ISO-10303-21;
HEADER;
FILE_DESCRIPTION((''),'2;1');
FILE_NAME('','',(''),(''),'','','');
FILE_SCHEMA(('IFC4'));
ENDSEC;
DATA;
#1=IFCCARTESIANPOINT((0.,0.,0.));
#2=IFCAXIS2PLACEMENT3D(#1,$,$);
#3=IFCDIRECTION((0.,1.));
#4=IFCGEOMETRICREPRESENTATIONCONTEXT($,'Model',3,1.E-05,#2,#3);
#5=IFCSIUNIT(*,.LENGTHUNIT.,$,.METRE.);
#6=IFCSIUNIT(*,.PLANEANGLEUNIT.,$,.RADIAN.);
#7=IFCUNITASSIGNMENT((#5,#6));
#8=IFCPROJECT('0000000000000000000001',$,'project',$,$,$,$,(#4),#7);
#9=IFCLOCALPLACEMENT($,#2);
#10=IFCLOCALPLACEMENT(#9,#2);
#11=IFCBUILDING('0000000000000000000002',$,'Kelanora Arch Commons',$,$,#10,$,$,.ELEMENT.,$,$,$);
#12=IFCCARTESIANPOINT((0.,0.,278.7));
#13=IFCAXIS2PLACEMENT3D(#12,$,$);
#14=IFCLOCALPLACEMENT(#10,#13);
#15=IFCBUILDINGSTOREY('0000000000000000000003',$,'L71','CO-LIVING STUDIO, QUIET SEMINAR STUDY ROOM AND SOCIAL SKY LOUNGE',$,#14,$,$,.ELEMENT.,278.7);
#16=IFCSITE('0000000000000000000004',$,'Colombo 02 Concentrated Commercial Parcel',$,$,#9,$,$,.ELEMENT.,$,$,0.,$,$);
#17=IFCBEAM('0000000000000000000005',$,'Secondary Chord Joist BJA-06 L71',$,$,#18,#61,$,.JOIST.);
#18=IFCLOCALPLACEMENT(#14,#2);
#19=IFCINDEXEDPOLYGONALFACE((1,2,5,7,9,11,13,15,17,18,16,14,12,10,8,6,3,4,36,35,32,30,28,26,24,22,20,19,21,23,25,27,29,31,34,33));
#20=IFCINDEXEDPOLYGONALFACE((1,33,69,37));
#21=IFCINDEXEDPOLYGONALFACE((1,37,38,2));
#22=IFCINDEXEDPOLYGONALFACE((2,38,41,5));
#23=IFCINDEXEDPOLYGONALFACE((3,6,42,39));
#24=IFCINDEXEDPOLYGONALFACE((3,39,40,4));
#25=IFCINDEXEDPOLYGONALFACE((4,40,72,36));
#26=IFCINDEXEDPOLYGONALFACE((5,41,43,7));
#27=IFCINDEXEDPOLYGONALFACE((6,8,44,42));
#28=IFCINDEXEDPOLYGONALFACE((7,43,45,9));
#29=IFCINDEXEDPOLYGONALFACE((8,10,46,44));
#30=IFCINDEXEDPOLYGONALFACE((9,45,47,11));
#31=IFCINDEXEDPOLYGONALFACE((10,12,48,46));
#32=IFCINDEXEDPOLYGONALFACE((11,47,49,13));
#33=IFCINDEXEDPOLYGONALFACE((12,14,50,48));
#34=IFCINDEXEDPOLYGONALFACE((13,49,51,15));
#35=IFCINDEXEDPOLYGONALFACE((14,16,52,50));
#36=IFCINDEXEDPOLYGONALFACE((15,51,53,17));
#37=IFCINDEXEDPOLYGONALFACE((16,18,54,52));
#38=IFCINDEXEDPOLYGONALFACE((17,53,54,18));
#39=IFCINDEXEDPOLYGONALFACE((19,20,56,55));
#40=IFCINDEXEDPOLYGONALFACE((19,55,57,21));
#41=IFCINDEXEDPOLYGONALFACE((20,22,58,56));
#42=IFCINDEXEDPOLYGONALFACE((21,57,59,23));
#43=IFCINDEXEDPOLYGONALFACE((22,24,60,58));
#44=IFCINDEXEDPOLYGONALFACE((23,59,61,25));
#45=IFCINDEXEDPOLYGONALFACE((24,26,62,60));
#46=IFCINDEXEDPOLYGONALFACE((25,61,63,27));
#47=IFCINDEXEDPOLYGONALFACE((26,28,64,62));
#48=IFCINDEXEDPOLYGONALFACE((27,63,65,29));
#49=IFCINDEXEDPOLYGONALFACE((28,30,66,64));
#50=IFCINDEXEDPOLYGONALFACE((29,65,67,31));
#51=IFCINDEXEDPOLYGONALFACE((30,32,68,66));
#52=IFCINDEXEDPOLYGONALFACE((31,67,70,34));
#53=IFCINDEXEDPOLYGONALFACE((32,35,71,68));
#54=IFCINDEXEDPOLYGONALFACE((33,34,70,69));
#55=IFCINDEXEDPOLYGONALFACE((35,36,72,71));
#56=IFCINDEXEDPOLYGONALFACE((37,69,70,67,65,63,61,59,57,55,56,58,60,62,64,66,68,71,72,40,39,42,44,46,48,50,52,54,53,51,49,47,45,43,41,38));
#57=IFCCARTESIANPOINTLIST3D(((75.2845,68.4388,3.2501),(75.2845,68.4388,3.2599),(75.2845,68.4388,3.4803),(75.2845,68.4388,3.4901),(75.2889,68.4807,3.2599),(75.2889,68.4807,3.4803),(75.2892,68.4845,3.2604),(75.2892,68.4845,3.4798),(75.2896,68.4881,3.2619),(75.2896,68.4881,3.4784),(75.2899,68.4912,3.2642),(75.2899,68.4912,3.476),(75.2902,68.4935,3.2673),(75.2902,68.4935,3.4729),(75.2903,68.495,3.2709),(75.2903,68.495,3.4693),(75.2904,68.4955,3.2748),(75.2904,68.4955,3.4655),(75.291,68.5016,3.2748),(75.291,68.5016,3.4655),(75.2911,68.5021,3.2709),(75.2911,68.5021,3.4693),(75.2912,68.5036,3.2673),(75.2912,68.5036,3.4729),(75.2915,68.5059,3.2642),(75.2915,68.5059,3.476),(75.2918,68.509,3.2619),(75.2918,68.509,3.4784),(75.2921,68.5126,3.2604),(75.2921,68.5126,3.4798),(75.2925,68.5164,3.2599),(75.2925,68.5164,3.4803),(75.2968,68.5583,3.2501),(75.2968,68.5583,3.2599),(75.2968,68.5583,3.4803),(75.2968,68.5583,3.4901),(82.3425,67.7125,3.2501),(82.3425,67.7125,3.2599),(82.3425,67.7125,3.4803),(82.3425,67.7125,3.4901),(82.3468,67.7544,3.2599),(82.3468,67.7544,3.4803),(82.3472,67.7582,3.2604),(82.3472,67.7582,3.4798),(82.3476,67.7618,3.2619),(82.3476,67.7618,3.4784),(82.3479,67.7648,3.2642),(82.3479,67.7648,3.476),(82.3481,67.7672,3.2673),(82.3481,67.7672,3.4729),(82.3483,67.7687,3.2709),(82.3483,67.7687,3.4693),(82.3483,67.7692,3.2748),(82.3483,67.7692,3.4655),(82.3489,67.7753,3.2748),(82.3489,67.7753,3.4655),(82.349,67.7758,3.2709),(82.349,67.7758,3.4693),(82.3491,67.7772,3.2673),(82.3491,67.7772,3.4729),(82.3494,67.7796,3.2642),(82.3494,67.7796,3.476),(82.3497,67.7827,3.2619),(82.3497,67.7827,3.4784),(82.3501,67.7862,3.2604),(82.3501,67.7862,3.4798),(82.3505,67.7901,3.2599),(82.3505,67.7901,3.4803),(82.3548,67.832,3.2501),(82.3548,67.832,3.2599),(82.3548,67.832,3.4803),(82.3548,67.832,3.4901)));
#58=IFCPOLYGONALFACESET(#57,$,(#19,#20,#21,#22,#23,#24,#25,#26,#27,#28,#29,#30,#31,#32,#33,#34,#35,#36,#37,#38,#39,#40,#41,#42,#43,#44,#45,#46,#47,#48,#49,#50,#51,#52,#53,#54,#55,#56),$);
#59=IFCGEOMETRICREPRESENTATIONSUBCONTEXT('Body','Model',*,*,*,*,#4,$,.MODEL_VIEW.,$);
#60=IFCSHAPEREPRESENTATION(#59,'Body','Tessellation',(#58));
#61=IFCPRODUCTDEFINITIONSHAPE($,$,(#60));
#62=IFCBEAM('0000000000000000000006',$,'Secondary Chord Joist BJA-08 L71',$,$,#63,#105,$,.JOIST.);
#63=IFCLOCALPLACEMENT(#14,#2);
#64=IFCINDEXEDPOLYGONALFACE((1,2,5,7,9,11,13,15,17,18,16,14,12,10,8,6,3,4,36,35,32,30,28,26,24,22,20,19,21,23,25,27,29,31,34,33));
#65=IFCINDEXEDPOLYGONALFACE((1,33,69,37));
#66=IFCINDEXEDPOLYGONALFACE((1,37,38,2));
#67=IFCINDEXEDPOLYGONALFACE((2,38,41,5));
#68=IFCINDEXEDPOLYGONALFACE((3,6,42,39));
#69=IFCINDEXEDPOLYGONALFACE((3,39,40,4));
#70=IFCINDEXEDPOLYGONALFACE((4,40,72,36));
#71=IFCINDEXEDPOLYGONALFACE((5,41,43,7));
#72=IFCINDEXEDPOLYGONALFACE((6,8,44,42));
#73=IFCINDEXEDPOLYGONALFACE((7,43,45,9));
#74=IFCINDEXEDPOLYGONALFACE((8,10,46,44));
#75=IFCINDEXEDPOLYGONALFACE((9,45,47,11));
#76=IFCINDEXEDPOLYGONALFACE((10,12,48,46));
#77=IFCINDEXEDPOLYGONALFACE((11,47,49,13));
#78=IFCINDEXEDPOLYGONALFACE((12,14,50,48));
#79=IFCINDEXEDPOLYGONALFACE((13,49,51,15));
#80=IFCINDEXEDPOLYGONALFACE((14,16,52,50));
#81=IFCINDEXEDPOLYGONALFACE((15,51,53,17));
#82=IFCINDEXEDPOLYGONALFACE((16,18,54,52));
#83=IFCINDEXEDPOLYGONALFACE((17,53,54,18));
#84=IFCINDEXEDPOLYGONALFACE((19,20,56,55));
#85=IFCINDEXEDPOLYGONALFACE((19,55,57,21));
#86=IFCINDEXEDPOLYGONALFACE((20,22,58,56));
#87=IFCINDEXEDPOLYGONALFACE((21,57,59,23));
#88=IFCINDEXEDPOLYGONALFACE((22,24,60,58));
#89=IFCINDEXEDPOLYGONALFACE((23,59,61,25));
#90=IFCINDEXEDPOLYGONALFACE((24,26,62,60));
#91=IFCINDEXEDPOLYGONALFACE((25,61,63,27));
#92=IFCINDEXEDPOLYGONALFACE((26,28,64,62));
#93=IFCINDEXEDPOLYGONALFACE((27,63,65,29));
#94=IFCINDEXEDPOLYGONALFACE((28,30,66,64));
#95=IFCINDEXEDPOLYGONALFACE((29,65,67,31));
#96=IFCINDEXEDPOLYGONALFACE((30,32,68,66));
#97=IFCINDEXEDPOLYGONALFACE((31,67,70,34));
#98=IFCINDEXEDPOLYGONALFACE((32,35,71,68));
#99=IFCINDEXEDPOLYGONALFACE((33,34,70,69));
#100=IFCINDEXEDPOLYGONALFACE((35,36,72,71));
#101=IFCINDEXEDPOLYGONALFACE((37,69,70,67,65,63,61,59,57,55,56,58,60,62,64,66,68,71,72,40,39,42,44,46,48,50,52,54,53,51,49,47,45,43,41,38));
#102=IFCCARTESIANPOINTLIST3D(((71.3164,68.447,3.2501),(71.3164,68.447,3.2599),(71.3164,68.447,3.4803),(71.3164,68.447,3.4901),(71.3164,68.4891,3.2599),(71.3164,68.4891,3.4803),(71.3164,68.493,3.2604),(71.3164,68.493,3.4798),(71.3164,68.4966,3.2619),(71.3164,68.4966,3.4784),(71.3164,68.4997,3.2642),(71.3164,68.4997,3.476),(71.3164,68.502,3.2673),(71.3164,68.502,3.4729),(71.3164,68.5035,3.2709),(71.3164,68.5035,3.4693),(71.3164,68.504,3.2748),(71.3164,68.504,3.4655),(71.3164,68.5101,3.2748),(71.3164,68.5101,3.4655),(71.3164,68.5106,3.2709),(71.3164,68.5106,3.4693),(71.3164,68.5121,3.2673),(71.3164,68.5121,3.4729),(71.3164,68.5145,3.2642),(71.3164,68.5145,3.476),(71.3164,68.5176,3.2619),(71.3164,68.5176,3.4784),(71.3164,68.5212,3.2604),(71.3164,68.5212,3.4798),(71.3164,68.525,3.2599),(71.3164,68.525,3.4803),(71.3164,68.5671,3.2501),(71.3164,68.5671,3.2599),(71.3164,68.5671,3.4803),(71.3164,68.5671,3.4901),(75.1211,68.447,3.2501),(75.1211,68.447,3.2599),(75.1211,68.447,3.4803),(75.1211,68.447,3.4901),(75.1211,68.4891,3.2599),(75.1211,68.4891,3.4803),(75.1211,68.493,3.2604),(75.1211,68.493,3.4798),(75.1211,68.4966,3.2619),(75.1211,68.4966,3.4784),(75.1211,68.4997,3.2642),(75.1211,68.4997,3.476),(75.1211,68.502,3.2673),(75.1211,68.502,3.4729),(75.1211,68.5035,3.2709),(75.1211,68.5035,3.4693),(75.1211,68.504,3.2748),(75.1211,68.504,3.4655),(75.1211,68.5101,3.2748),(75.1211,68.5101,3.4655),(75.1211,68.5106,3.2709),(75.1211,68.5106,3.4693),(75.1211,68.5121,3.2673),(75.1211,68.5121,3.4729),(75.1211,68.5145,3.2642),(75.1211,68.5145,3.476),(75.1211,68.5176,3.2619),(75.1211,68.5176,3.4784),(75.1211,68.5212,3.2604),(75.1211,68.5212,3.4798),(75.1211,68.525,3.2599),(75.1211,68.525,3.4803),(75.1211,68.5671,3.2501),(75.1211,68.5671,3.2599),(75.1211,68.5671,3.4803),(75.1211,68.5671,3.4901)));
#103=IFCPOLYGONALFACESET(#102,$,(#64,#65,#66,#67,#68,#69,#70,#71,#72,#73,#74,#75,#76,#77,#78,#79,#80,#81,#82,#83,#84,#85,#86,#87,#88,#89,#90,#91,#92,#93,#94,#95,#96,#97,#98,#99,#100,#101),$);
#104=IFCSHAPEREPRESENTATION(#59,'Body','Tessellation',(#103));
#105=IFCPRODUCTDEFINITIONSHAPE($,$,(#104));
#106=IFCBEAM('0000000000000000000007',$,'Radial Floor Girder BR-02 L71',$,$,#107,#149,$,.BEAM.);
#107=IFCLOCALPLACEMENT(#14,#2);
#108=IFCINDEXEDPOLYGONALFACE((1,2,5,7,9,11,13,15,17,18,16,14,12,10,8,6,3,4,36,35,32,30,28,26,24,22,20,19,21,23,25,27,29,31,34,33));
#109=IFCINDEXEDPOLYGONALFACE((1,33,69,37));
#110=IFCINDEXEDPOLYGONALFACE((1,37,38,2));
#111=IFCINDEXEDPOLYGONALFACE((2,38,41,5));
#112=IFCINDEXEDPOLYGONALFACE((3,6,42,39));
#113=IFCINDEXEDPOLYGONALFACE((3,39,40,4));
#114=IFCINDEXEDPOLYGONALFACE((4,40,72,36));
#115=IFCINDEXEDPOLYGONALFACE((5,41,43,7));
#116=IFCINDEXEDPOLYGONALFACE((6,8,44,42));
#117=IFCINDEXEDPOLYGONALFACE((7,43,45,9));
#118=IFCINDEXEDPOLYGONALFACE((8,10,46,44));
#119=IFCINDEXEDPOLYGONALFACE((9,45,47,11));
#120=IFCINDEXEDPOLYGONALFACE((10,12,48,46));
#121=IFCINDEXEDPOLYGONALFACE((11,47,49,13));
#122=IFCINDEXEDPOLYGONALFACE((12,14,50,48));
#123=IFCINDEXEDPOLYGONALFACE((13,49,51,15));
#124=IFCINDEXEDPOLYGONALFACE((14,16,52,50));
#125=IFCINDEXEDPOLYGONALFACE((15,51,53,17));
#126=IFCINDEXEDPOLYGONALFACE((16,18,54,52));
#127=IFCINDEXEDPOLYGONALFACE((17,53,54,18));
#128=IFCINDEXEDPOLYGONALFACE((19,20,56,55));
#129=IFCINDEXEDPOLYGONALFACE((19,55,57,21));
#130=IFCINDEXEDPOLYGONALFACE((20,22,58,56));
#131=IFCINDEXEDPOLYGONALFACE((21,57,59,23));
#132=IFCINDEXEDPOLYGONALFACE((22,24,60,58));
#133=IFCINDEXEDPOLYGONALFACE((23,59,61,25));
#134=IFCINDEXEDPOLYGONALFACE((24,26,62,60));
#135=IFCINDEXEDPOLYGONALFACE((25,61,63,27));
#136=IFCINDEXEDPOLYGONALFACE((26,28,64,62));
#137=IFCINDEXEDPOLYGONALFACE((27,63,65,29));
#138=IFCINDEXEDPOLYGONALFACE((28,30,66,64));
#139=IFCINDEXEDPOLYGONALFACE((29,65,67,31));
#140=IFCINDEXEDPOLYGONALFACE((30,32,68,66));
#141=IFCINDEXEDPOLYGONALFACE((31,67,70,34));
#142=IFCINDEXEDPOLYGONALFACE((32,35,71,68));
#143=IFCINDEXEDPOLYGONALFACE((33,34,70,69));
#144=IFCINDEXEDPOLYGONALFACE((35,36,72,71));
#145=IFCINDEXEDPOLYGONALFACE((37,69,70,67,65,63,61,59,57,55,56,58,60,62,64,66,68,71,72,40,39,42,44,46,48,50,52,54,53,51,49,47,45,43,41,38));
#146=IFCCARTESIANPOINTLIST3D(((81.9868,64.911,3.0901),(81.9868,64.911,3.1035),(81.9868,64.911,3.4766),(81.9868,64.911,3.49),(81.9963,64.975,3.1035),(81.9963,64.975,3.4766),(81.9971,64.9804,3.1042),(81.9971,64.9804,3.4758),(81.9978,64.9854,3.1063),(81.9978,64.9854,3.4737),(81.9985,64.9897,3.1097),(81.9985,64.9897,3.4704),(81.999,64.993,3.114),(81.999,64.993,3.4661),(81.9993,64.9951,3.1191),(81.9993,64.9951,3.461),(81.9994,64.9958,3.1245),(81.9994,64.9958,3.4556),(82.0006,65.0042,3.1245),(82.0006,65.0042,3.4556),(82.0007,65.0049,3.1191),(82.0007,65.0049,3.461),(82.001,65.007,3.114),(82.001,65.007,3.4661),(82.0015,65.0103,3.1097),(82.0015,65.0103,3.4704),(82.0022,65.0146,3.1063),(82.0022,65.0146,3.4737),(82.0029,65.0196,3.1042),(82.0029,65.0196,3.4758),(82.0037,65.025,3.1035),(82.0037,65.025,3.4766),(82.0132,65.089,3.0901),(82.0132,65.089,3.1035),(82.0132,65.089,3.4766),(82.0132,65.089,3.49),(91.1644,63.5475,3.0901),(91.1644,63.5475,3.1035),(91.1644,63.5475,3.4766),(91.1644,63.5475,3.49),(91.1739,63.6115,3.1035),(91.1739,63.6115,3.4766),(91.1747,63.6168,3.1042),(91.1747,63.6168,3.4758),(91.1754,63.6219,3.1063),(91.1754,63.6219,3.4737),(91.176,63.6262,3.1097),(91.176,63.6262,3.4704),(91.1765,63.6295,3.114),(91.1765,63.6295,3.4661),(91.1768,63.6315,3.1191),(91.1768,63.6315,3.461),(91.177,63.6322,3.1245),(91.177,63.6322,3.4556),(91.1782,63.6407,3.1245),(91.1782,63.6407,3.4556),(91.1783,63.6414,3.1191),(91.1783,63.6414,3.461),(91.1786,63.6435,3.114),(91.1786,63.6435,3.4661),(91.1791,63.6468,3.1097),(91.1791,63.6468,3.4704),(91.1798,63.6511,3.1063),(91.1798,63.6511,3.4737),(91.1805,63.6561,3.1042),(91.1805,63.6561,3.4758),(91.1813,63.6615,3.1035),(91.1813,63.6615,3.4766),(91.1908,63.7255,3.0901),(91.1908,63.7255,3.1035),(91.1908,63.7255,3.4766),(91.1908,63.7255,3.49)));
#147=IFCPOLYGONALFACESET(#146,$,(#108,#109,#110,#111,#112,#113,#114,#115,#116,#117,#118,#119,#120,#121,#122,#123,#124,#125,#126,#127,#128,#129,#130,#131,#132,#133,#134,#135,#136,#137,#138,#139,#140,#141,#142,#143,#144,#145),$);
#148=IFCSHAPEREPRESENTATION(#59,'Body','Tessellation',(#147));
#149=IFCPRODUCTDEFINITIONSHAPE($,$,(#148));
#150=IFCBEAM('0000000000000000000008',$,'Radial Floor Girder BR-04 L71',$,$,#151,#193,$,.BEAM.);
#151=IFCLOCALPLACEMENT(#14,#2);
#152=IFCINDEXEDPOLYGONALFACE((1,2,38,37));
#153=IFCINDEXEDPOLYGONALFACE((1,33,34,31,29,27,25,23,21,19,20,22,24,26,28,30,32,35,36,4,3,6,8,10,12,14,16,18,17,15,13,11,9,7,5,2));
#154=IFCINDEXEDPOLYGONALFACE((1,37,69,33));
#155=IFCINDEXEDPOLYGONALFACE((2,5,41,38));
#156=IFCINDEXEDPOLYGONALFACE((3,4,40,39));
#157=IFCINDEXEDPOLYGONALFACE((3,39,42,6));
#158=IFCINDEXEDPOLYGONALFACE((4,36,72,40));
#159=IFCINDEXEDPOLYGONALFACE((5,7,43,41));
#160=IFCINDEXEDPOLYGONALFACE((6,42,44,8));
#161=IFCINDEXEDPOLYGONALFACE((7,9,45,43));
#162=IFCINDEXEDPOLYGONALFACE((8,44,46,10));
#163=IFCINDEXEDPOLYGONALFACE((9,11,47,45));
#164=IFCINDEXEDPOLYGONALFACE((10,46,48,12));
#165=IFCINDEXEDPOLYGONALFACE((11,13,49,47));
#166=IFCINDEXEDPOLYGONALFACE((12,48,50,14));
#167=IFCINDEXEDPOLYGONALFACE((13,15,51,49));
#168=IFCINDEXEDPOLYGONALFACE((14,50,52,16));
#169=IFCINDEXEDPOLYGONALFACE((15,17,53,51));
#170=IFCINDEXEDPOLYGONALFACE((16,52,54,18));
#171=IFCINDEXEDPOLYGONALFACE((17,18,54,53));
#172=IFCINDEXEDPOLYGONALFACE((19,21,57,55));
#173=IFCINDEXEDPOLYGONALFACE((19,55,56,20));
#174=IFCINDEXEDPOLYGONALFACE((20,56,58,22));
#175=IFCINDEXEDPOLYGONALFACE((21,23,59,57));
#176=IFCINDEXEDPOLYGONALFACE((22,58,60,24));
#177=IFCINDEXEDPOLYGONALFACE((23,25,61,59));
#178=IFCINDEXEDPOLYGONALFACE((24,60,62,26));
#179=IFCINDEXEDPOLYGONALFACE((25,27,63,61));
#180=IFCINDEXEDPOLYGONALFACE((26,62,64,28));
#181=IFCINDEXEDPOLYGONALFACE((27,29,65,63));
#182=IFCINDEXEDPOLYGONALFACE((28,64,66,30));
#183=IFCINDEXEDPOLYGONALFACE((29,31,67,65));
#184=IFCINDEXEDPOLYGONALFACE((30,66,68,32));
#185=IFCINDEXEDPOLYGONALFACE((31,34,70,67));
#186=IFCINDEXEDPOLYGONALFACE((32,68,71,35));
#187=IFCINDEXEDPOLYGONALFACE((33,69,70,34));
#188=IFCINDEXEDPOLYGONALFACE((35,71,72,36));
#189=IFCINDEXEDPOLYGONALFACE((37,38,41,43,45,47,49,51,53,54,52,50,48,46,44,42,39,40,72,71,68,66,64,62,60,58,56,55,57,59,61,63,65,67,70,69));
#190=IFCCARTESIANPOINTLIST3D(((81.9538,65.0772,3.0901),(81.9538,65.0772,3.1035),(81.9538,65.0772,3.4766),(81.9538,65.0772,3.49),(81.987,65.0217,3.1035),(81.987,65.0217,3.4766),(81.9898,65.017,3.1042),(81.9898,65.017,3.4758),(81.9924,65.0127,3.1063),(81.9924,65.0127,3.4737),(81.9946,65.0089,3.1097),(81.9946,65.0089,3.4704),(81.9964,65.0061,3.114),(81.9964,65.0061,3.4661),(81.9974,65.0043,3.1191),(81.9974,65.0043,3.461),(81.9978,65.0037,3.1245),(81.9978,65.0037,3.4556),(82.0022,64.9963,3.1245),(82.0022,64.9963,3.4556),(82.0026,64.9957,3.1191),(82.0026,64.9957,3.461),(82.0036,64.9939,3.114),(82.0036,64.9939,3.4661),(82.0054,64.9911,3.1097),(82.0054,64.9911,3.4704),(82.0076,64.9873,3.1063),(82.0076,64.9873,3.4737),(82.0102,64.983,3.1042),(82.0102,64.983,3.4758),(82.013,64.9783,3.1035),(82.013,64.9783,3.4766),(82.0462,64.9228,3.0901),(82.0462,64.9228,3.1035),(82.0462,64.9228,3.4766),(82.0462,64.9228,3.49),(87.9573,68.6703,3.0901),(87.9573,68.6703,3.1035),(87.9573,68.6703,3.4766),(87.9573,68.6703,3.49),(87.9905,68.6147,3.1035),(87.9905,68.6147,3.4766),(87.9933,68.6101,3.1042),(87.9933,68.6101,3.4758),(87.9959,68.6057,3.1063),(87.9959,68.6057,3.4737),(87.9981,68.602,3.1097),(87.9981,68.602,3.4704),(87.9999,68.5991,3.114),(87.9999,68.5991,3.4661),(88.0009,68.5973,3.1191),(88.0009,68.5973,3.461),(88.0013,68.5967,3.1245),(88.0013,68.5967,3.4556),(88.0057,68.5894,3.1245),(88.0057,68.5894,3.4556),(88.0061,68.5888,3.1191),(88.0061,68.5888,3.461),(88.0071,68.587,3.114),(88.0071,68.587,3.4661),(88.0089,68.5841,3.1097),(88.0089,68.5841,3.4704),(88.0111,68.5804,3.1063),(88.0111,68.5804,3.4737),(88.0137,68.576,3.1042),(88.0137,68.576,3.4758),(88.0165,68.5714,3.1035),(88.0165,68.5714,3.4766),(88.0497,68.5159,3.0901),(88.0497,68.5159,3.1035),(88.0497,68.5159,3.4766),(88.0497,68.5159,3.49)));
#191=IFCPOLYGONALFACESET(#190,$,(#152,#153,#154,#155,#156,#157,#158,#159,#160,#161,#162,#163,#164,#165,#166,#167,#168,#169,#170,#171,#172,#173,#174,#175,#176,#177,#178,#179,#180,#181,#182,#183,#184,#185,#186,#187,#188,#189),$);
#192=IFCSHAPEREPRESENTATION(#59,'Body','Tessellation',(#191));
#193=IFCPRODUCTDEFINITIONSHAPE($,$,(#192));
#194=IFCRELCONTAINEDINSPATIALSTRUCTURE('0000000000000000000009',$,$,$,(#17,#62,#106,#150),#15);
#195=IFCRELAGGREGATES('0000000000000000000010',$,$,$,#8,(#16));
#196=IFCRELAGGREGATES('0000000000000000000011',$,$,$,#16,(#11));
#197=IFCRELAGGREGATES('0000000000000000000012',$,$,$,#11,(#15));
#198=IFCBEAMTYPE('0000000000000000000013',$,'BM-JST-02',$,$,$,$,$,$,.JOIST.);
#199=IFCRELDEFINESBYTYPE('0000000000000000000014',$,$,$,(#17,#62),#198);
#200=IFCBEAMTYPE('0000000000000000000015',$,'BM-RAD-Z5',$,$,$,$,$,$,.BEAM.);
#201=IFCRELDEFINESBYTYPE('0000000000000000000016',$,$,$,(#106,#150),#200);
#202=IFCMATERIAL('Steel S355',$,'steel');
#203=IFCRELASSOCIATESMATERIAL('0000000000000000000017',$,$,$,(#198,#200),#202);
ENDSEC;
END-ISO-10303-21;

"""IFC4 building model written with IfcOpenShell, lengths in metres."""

from ifc_helpers import new_model, si_unit, direction, frame, origin, origin_2d, place, context, subcontext, project, spatial, i_section, extrude, material, material_profile, profile_set, type_object, element, save


model = new_model("IFC4")

# Units and contexts
model_context = context("Model", 3, precision=1e-05, world=origin(), true_north=direction((0.0, 1.0)))
body_context = subcontext(model_context, "Body", "Model", "MODEL_VIEW")
ifc_project = project(units=[si_unit("LENGTHUNIT", "METRE"), si_unit("PLANEANGLEUNIT", "RADIAN")], contexts=[model_context])

# Site, building, storey
site_placement = place(None, origin())
site = spatial("IfcSite", under=ifc_project, at=site_placement, Name="Colombo 02 Concentrated Commercial Parcel", CompositionType="ELEMENT", RefElevation=0.0)
building_placement = place(site_placement, origin())
building = spatial("IfcBuilding", under=site, at=building_placement, Name="Kelanora Arch Commons", CompositionType="ELEMENT")
storey_placement = place(building_placement, frame((0.0, 0.0, 278.7)))
storey = spatial("IfcBuildingStorey", under=building, at=storey_placement, Name="L71", Description="CO-LIVING STUDIO, QUIET SEMINAR STUDY ROOM AND SOCIAL SKY LOUNGE", CompositionType="ELEMENT", Elevation=278.7)

# Beams
ifc_material_1 = material(Name="Steel S355", Category="steel")
ifc_material_profile_1 = material_profile(ifc_material_1, i_section(OverallWidth=0.1201, OverallDepth=0.24, WebThickness=0.0061, FlangeThickness=0.0098, FilletRadius=0.0149, at=origin_2d()), Name="IPE240")
ifc_profile_set_1 = profile_set([ifc_material_profile_1], Name="Steel S355")
beam_type_1 = type_object("IfcBeamType", Name="BM-JST-02", PredefinedType="JOIST", material=ifc_profile_set_1)
beam_1_placement = place(storey_placement, frame((82.3486, 67.7722, 3.3701), z_axis=(-0.994747, 0.102369, 0.0), x_axis=(-0.102369, -0.994747, 0.0)))
element("IfcBeam", 1, at=beam_1_placement, inside=storey, type_object=beam_type_1, Name="Secondary Chord Joist BJA-06 L71", PredefinedType="JOIST", context=body_context, shape_type="SweptSolid", body=[
    extrude(i_section(OverallWidth=0.1201, OverallDepth=0.24, WebThickness=0.0061, FlangeThickness=0.0098, FilletRadius=0.0149, at=origin_2d()), origin(), (0.0, 0.0, 1.0), 7.0952),
])
beam_2_placement = place(storey_placement, frame((75.1211, 68.5071, 3.3701), z_axis=(-1.0, 0.0, 0.0), x_axis=(0.0, -1.0, 0.0)))
element("IfcBeam", 2, at=beam_2_placement, inside=storey, type_object=beam_type_1, Name="Secondary Chord Joist BJA-08 L71", PredefinedType="JOIST", context=body_context, shape_type="SweptSolid", body=[
    extrude(i_section(OverallWidth=0.1201, OverallDepth=0.24, WebThickness=0.0061, FlangeThickness=0.0098, FilletRadius=0.0149, at=origin_2d()), origin(), (0.0, 0.0, 1.0), 3.8047),
])
ifc_material_profile_2 = material_profile(ifc_material_1, i_section(OverallWidth=0.1799, OverallDepth=0.3999, WebThickness=0.0085, FlangeThickness=0.0134, FilletRadius=0.021, at=origin_2d()), Name="IPE400")
ifc_profile_set_2 = profile_set([ifc_material_profile_2], Name="Steel S355")
beam_type_2 = type_object("IfcBeamType", Name="BM-RAD-Z5", PredefinedType="BEAM", material=ifc_profile_set_2)
beam_3_placement = place(storey_placement, frame((82.0, 65.0, 3.29), z_axis=(0.989142, -0.14696, 0.0), x_axis=(0.14696, 0.989142, 0.0)))
element("IfcBeam", 3, at=beam_3_placement, inside=storey, type_object=beam_type_2, Name="Radial Floor Girder BR-02 L71", PredefinedType="BEAM", context=body_context, shape_type="SweptSolid", body=[
    extrude(i_section(OverallWidth=0.1799, OverallDepth=0.3999, WebThickness=0.0085, FlangeThickness=0.0134, FilletRadius=0.021, at=origin_2d()), origin(), (0.0, 0.0, 1.0), 9.2783),
])
beam_4_placement = place(storey_placement, frame((82.0, 65.0, 3.29), z_axis=(0.858062, 0.513546, 0.0), x_axis=(-0.513546, 0.858062, 0.0)))
element("IfcBeam", 4, at=beam_4_placement, inside=storey, type_object=beam_type_2, Name="Radial Floor Girder BR-04 L71", PredefinedType="BEAM", context=body_context, shape_type="SweptSolid", body=[
    extrude(i_section(OverallWidth=0.1799, OverallDepth=0.3999, WebThickness=0.0085, FlangeThickness=0.0134, FilletRadius=0.021, at=origin_2d()), origin(), (0.0, 0.0, 1.0), 6.9966),
])

save(model, "model.ifc")
